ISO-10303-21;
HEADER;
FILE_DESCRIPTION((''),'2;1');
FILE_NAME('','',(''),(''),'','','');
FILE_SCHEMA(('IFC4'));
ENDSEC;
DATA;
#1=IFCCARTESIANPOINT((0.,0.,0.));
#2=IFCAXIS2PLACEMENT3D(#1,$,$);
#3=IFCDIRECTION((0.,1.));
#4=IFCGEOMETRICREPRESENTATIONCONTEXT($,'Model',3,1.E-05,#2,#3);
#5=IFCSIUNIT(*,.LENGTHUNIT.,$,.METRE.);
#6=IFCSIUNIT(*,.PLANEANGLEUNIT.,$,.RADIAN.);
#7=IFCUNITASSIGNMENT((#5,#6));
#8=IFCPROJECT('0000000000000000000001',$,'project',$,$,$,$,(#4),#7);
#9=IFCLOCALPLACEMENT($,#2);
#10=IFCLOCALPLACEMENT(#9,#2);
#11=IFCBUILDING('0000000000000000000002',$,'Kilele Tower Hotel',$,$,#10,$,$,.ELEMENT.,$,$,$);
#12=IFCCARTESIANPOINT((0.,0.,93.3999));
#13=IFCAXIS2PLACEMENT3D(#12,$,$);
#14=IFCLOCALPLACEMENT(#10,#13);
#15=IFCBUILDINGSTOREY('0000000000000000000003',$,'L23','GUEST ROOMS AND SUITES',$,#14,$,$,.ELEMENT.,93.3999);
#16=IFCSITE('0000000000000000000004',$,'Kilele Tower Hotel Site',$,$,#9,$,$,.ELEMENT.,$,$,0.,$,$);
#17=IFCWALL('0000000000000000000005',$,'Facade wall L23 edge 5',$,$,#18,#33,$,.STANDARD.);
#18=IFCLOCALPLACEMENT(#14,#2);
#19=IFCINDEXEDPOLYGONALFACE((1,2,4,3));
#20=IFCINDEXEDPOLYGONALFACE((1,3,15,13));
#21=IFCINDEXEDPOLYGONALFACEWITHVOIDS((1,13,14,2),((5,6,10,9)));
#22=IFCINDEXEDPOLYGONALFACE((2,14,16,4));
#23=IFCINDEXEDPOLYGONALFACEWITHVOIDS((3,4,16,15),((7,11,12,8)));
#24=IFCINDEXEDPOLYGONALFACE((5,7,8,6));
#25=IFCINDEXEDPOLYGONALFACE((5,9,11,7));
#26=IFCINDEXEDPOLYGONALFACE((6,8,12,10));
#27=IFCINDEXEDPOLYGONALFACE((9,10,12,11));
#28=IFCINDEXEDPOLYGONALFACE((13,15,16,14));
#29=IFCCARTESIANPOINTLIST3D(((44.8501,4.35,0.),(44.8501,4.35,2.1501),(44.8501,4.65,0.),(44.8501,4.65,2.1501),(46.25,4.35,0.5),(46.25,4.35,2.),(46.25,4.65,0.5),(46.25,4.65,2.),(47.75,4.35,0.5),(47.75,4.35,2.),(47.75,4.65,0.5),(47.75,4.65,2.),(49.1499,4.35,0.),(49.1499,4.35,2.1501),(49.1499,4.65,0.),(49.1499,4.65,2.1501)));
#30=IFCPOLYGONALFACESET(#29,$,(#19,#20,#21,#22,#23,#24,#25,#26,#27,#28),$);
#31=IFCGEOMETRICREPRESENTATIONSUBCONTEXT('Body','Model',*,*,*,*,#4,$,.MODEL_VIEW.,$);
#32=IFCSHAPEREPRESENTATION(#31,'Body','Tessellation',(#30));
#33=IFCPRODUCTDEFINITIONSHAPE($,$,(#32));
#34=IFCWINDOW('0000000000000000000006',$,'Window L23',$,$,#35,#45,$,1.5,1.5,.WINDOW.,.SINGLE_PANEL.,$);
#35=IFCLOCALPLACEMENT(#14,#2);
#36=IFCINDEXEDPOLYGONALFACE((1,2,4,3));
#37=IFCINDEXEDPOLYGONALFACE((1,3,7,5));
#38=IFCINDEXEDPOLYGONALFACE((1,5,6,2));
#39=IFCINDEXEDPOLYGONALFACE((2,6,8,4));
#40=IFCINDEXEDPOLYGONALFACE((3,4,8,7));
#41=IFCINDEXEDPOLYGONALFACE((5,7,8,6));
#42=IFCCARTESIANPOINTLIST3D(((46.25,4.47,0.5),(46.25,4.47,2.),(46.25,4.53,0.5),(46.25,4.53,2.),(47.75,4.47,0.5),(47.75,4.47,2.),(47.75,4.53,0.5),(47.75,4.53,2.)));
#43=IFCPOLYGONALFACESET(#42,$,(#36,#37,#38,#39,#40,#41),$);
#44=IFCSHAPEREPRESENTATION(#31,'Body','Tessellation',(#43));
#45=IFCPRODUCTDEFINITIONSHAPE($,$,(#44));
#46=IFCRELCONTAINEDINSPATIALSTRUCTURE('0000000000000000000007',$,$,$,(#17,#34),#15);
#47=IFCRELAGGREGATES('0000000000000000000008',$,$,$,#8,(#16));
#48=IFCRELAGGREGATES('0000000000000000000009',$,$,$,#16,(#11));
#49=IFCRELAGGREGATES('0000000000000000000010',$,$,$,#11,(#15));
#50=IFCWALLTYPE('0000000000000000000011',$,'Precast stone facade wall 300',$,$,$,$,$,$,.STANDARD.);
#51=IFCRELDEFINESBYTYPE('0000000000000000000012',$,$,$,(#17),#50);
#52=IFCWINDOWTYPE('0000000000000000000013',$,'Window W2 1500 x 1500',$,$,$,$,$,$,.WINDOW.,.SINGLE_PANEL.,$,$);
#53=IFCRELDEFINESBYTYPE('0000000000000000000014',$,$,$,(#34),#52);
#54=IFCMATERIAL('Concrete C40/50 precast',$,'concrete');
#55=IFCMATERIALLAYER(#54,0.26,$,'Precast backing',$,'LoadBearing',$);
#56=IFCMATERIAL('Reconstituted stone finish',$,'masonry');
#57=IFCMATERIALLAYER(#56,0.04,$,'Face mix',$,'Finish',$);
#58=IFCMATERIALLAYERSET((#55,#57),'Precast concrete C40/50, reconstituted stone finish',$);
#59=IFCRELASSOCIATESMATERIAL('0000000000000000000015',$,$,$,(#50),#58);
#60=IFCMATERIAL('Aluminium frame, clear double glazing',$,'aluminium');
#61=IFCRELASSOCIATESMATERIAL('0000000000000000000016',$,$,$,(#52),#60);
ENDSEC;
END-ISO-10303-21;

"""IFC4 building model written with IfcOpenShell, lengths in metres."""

from ifc_helpers import new_model, si_unit, direction, frame, frame_2d, origin, place, context, subcontext, project, spatial, rectangle, extrude, material, layer, layer_set, type_object, element, fill, save


model = new_model("IFC4")

# Units and contexts
model_context = context("Model", 3, precision=1e-05, world=origin(), true_north=direction((0.0, 1.0)))
body_context = subcontext(model_context, "Body", "Model", "MODEL_VIEW")
ifc_project = project(units=[si_unit("LENGTHUNIT", "METRE"), si_unit("PLANEANGLEUNIT", "RADIAN")], contexts=[model_context])

# Site, building, storey
site_placement = place(None, origin())
site = spatial("IfcSite", under=ifc_project, at=site_placement, Name="Kilele Tower Hotel Site", CompositionType="ELEMENT", RefElevation=0.0)
building_placement = place(site_placement, origin())
building = spatial("IfcBuilding", under=site, at=building_placement, Name="Kilele Tower Hotel", CompositionType="ELEMENT")
storey_placement = place(building_placement, frame((0.0, 0.0, 93.3999)))
storey = spatial("IfcBuildingStorey", under=building, at=storey_placement, Name="L23", Description="GUEST ROOMS AND SUITES", CompositionType="ELEMENT", Elevation=93.3999)

# Wall, opening, window
ifc_material_1 = material(Name="Concrete C40/50 precast", Category="concrete")
ifc_layer_1 = layer(ifc_material_1, 0.26, Name="Precast backing", Category="LoadBearing")
ifc_material_2 = material(Name="Reconstituted stone finish", Category="masonry")
ifc_layer_2 = layer(ifc_material_2, 0.04, Name="Face mix", Category="Finish")
ifc_layer_set_1 = layer_set([ifc_layer_1, ifc_layer_2], Name="Precast concrete C40/50, reconstituted stone finish")
wall_type_1 = type_object("IfcWallType", Name="Precast stone facade wall 300", PredefinedType="STANDARD", material=ifc_layer_set_1)
ifc_material_3 = material(Name="Aluminium frame, clear double glazing", Category="aluminium")
window_type = type_object("IfcWindowType", Name="Window W2 1500 x 1500", PartitioningType="SINGLE_PANEL", PredefinedType="WINDOW", material=ifc_material_3)
wall_1_placement = place(storey_placement, frame((44.8501, 4.5, 0.0), z_axis=(0.0, 0.0, 1.0), x_axis=(1.0, 0.0, 0.0)))
wall_1 = element("IfcWall", 1, at=wall_1_placement, inside=storey, type_object=wall_type_1, Name="Facade wall L23 edge 5", PredefinedType="STANDARD", context=body_context, shape_type="SweptSolid", body=[
    extrude(rectangle(XDim=4.2998, YDim=0.3, at=frame_2d((2.1499, 0.0))), origin(), (0.0, 0.0, 1.0), 2.1501),
])
opening_1_placement = place(wall_1_placement, frame((1.3999, 0.0, 0.5)))
opening_1 = element("IfcOpeningElement", 2, at=opening_1_placement, cuts=wall_1, PredefinedType="OPENING", context=body_context, shape_type="SweptSolid", body=[
    extrude(rectangle(XDim=1.5, YDim=1.5, at=frame_2d((0.75, 0.75))), frame((0.0, 0.1599, 0.0), z_axis=(0.0, -1.0, 0.0), x_axis=(1.0, 0.0, 0.0)), (0.0, 0.0, 1.0), 0.3201),
])
window_1_placement = place(opening_1_placement, origin())
window_1 = element("IfcWindow", 3, at=window_1_placement, inside=storey, type_object=window_type, Name="Window L23", OverallHeight=1.5, OverallWidth=1.5, PartitioningType="SINGLE_PANEL", PredefinedType="WINDOW", context=body_context, shape_type="SweptSolid", body=[
    extrude(rectangle(XDim=1.5, YDim=1.5, at=frame_2d((0.75, 0.75))), frame((0.0, 0.03, 0.0), z_axis=(0.0, -1.0, 0.0), x_axis=(1.0, 0.0, 0.0)), (0.0, 0.0, 1.0), 0.0601),
])
fill(opening_1, window_1)

save(model, "model.ifc")
